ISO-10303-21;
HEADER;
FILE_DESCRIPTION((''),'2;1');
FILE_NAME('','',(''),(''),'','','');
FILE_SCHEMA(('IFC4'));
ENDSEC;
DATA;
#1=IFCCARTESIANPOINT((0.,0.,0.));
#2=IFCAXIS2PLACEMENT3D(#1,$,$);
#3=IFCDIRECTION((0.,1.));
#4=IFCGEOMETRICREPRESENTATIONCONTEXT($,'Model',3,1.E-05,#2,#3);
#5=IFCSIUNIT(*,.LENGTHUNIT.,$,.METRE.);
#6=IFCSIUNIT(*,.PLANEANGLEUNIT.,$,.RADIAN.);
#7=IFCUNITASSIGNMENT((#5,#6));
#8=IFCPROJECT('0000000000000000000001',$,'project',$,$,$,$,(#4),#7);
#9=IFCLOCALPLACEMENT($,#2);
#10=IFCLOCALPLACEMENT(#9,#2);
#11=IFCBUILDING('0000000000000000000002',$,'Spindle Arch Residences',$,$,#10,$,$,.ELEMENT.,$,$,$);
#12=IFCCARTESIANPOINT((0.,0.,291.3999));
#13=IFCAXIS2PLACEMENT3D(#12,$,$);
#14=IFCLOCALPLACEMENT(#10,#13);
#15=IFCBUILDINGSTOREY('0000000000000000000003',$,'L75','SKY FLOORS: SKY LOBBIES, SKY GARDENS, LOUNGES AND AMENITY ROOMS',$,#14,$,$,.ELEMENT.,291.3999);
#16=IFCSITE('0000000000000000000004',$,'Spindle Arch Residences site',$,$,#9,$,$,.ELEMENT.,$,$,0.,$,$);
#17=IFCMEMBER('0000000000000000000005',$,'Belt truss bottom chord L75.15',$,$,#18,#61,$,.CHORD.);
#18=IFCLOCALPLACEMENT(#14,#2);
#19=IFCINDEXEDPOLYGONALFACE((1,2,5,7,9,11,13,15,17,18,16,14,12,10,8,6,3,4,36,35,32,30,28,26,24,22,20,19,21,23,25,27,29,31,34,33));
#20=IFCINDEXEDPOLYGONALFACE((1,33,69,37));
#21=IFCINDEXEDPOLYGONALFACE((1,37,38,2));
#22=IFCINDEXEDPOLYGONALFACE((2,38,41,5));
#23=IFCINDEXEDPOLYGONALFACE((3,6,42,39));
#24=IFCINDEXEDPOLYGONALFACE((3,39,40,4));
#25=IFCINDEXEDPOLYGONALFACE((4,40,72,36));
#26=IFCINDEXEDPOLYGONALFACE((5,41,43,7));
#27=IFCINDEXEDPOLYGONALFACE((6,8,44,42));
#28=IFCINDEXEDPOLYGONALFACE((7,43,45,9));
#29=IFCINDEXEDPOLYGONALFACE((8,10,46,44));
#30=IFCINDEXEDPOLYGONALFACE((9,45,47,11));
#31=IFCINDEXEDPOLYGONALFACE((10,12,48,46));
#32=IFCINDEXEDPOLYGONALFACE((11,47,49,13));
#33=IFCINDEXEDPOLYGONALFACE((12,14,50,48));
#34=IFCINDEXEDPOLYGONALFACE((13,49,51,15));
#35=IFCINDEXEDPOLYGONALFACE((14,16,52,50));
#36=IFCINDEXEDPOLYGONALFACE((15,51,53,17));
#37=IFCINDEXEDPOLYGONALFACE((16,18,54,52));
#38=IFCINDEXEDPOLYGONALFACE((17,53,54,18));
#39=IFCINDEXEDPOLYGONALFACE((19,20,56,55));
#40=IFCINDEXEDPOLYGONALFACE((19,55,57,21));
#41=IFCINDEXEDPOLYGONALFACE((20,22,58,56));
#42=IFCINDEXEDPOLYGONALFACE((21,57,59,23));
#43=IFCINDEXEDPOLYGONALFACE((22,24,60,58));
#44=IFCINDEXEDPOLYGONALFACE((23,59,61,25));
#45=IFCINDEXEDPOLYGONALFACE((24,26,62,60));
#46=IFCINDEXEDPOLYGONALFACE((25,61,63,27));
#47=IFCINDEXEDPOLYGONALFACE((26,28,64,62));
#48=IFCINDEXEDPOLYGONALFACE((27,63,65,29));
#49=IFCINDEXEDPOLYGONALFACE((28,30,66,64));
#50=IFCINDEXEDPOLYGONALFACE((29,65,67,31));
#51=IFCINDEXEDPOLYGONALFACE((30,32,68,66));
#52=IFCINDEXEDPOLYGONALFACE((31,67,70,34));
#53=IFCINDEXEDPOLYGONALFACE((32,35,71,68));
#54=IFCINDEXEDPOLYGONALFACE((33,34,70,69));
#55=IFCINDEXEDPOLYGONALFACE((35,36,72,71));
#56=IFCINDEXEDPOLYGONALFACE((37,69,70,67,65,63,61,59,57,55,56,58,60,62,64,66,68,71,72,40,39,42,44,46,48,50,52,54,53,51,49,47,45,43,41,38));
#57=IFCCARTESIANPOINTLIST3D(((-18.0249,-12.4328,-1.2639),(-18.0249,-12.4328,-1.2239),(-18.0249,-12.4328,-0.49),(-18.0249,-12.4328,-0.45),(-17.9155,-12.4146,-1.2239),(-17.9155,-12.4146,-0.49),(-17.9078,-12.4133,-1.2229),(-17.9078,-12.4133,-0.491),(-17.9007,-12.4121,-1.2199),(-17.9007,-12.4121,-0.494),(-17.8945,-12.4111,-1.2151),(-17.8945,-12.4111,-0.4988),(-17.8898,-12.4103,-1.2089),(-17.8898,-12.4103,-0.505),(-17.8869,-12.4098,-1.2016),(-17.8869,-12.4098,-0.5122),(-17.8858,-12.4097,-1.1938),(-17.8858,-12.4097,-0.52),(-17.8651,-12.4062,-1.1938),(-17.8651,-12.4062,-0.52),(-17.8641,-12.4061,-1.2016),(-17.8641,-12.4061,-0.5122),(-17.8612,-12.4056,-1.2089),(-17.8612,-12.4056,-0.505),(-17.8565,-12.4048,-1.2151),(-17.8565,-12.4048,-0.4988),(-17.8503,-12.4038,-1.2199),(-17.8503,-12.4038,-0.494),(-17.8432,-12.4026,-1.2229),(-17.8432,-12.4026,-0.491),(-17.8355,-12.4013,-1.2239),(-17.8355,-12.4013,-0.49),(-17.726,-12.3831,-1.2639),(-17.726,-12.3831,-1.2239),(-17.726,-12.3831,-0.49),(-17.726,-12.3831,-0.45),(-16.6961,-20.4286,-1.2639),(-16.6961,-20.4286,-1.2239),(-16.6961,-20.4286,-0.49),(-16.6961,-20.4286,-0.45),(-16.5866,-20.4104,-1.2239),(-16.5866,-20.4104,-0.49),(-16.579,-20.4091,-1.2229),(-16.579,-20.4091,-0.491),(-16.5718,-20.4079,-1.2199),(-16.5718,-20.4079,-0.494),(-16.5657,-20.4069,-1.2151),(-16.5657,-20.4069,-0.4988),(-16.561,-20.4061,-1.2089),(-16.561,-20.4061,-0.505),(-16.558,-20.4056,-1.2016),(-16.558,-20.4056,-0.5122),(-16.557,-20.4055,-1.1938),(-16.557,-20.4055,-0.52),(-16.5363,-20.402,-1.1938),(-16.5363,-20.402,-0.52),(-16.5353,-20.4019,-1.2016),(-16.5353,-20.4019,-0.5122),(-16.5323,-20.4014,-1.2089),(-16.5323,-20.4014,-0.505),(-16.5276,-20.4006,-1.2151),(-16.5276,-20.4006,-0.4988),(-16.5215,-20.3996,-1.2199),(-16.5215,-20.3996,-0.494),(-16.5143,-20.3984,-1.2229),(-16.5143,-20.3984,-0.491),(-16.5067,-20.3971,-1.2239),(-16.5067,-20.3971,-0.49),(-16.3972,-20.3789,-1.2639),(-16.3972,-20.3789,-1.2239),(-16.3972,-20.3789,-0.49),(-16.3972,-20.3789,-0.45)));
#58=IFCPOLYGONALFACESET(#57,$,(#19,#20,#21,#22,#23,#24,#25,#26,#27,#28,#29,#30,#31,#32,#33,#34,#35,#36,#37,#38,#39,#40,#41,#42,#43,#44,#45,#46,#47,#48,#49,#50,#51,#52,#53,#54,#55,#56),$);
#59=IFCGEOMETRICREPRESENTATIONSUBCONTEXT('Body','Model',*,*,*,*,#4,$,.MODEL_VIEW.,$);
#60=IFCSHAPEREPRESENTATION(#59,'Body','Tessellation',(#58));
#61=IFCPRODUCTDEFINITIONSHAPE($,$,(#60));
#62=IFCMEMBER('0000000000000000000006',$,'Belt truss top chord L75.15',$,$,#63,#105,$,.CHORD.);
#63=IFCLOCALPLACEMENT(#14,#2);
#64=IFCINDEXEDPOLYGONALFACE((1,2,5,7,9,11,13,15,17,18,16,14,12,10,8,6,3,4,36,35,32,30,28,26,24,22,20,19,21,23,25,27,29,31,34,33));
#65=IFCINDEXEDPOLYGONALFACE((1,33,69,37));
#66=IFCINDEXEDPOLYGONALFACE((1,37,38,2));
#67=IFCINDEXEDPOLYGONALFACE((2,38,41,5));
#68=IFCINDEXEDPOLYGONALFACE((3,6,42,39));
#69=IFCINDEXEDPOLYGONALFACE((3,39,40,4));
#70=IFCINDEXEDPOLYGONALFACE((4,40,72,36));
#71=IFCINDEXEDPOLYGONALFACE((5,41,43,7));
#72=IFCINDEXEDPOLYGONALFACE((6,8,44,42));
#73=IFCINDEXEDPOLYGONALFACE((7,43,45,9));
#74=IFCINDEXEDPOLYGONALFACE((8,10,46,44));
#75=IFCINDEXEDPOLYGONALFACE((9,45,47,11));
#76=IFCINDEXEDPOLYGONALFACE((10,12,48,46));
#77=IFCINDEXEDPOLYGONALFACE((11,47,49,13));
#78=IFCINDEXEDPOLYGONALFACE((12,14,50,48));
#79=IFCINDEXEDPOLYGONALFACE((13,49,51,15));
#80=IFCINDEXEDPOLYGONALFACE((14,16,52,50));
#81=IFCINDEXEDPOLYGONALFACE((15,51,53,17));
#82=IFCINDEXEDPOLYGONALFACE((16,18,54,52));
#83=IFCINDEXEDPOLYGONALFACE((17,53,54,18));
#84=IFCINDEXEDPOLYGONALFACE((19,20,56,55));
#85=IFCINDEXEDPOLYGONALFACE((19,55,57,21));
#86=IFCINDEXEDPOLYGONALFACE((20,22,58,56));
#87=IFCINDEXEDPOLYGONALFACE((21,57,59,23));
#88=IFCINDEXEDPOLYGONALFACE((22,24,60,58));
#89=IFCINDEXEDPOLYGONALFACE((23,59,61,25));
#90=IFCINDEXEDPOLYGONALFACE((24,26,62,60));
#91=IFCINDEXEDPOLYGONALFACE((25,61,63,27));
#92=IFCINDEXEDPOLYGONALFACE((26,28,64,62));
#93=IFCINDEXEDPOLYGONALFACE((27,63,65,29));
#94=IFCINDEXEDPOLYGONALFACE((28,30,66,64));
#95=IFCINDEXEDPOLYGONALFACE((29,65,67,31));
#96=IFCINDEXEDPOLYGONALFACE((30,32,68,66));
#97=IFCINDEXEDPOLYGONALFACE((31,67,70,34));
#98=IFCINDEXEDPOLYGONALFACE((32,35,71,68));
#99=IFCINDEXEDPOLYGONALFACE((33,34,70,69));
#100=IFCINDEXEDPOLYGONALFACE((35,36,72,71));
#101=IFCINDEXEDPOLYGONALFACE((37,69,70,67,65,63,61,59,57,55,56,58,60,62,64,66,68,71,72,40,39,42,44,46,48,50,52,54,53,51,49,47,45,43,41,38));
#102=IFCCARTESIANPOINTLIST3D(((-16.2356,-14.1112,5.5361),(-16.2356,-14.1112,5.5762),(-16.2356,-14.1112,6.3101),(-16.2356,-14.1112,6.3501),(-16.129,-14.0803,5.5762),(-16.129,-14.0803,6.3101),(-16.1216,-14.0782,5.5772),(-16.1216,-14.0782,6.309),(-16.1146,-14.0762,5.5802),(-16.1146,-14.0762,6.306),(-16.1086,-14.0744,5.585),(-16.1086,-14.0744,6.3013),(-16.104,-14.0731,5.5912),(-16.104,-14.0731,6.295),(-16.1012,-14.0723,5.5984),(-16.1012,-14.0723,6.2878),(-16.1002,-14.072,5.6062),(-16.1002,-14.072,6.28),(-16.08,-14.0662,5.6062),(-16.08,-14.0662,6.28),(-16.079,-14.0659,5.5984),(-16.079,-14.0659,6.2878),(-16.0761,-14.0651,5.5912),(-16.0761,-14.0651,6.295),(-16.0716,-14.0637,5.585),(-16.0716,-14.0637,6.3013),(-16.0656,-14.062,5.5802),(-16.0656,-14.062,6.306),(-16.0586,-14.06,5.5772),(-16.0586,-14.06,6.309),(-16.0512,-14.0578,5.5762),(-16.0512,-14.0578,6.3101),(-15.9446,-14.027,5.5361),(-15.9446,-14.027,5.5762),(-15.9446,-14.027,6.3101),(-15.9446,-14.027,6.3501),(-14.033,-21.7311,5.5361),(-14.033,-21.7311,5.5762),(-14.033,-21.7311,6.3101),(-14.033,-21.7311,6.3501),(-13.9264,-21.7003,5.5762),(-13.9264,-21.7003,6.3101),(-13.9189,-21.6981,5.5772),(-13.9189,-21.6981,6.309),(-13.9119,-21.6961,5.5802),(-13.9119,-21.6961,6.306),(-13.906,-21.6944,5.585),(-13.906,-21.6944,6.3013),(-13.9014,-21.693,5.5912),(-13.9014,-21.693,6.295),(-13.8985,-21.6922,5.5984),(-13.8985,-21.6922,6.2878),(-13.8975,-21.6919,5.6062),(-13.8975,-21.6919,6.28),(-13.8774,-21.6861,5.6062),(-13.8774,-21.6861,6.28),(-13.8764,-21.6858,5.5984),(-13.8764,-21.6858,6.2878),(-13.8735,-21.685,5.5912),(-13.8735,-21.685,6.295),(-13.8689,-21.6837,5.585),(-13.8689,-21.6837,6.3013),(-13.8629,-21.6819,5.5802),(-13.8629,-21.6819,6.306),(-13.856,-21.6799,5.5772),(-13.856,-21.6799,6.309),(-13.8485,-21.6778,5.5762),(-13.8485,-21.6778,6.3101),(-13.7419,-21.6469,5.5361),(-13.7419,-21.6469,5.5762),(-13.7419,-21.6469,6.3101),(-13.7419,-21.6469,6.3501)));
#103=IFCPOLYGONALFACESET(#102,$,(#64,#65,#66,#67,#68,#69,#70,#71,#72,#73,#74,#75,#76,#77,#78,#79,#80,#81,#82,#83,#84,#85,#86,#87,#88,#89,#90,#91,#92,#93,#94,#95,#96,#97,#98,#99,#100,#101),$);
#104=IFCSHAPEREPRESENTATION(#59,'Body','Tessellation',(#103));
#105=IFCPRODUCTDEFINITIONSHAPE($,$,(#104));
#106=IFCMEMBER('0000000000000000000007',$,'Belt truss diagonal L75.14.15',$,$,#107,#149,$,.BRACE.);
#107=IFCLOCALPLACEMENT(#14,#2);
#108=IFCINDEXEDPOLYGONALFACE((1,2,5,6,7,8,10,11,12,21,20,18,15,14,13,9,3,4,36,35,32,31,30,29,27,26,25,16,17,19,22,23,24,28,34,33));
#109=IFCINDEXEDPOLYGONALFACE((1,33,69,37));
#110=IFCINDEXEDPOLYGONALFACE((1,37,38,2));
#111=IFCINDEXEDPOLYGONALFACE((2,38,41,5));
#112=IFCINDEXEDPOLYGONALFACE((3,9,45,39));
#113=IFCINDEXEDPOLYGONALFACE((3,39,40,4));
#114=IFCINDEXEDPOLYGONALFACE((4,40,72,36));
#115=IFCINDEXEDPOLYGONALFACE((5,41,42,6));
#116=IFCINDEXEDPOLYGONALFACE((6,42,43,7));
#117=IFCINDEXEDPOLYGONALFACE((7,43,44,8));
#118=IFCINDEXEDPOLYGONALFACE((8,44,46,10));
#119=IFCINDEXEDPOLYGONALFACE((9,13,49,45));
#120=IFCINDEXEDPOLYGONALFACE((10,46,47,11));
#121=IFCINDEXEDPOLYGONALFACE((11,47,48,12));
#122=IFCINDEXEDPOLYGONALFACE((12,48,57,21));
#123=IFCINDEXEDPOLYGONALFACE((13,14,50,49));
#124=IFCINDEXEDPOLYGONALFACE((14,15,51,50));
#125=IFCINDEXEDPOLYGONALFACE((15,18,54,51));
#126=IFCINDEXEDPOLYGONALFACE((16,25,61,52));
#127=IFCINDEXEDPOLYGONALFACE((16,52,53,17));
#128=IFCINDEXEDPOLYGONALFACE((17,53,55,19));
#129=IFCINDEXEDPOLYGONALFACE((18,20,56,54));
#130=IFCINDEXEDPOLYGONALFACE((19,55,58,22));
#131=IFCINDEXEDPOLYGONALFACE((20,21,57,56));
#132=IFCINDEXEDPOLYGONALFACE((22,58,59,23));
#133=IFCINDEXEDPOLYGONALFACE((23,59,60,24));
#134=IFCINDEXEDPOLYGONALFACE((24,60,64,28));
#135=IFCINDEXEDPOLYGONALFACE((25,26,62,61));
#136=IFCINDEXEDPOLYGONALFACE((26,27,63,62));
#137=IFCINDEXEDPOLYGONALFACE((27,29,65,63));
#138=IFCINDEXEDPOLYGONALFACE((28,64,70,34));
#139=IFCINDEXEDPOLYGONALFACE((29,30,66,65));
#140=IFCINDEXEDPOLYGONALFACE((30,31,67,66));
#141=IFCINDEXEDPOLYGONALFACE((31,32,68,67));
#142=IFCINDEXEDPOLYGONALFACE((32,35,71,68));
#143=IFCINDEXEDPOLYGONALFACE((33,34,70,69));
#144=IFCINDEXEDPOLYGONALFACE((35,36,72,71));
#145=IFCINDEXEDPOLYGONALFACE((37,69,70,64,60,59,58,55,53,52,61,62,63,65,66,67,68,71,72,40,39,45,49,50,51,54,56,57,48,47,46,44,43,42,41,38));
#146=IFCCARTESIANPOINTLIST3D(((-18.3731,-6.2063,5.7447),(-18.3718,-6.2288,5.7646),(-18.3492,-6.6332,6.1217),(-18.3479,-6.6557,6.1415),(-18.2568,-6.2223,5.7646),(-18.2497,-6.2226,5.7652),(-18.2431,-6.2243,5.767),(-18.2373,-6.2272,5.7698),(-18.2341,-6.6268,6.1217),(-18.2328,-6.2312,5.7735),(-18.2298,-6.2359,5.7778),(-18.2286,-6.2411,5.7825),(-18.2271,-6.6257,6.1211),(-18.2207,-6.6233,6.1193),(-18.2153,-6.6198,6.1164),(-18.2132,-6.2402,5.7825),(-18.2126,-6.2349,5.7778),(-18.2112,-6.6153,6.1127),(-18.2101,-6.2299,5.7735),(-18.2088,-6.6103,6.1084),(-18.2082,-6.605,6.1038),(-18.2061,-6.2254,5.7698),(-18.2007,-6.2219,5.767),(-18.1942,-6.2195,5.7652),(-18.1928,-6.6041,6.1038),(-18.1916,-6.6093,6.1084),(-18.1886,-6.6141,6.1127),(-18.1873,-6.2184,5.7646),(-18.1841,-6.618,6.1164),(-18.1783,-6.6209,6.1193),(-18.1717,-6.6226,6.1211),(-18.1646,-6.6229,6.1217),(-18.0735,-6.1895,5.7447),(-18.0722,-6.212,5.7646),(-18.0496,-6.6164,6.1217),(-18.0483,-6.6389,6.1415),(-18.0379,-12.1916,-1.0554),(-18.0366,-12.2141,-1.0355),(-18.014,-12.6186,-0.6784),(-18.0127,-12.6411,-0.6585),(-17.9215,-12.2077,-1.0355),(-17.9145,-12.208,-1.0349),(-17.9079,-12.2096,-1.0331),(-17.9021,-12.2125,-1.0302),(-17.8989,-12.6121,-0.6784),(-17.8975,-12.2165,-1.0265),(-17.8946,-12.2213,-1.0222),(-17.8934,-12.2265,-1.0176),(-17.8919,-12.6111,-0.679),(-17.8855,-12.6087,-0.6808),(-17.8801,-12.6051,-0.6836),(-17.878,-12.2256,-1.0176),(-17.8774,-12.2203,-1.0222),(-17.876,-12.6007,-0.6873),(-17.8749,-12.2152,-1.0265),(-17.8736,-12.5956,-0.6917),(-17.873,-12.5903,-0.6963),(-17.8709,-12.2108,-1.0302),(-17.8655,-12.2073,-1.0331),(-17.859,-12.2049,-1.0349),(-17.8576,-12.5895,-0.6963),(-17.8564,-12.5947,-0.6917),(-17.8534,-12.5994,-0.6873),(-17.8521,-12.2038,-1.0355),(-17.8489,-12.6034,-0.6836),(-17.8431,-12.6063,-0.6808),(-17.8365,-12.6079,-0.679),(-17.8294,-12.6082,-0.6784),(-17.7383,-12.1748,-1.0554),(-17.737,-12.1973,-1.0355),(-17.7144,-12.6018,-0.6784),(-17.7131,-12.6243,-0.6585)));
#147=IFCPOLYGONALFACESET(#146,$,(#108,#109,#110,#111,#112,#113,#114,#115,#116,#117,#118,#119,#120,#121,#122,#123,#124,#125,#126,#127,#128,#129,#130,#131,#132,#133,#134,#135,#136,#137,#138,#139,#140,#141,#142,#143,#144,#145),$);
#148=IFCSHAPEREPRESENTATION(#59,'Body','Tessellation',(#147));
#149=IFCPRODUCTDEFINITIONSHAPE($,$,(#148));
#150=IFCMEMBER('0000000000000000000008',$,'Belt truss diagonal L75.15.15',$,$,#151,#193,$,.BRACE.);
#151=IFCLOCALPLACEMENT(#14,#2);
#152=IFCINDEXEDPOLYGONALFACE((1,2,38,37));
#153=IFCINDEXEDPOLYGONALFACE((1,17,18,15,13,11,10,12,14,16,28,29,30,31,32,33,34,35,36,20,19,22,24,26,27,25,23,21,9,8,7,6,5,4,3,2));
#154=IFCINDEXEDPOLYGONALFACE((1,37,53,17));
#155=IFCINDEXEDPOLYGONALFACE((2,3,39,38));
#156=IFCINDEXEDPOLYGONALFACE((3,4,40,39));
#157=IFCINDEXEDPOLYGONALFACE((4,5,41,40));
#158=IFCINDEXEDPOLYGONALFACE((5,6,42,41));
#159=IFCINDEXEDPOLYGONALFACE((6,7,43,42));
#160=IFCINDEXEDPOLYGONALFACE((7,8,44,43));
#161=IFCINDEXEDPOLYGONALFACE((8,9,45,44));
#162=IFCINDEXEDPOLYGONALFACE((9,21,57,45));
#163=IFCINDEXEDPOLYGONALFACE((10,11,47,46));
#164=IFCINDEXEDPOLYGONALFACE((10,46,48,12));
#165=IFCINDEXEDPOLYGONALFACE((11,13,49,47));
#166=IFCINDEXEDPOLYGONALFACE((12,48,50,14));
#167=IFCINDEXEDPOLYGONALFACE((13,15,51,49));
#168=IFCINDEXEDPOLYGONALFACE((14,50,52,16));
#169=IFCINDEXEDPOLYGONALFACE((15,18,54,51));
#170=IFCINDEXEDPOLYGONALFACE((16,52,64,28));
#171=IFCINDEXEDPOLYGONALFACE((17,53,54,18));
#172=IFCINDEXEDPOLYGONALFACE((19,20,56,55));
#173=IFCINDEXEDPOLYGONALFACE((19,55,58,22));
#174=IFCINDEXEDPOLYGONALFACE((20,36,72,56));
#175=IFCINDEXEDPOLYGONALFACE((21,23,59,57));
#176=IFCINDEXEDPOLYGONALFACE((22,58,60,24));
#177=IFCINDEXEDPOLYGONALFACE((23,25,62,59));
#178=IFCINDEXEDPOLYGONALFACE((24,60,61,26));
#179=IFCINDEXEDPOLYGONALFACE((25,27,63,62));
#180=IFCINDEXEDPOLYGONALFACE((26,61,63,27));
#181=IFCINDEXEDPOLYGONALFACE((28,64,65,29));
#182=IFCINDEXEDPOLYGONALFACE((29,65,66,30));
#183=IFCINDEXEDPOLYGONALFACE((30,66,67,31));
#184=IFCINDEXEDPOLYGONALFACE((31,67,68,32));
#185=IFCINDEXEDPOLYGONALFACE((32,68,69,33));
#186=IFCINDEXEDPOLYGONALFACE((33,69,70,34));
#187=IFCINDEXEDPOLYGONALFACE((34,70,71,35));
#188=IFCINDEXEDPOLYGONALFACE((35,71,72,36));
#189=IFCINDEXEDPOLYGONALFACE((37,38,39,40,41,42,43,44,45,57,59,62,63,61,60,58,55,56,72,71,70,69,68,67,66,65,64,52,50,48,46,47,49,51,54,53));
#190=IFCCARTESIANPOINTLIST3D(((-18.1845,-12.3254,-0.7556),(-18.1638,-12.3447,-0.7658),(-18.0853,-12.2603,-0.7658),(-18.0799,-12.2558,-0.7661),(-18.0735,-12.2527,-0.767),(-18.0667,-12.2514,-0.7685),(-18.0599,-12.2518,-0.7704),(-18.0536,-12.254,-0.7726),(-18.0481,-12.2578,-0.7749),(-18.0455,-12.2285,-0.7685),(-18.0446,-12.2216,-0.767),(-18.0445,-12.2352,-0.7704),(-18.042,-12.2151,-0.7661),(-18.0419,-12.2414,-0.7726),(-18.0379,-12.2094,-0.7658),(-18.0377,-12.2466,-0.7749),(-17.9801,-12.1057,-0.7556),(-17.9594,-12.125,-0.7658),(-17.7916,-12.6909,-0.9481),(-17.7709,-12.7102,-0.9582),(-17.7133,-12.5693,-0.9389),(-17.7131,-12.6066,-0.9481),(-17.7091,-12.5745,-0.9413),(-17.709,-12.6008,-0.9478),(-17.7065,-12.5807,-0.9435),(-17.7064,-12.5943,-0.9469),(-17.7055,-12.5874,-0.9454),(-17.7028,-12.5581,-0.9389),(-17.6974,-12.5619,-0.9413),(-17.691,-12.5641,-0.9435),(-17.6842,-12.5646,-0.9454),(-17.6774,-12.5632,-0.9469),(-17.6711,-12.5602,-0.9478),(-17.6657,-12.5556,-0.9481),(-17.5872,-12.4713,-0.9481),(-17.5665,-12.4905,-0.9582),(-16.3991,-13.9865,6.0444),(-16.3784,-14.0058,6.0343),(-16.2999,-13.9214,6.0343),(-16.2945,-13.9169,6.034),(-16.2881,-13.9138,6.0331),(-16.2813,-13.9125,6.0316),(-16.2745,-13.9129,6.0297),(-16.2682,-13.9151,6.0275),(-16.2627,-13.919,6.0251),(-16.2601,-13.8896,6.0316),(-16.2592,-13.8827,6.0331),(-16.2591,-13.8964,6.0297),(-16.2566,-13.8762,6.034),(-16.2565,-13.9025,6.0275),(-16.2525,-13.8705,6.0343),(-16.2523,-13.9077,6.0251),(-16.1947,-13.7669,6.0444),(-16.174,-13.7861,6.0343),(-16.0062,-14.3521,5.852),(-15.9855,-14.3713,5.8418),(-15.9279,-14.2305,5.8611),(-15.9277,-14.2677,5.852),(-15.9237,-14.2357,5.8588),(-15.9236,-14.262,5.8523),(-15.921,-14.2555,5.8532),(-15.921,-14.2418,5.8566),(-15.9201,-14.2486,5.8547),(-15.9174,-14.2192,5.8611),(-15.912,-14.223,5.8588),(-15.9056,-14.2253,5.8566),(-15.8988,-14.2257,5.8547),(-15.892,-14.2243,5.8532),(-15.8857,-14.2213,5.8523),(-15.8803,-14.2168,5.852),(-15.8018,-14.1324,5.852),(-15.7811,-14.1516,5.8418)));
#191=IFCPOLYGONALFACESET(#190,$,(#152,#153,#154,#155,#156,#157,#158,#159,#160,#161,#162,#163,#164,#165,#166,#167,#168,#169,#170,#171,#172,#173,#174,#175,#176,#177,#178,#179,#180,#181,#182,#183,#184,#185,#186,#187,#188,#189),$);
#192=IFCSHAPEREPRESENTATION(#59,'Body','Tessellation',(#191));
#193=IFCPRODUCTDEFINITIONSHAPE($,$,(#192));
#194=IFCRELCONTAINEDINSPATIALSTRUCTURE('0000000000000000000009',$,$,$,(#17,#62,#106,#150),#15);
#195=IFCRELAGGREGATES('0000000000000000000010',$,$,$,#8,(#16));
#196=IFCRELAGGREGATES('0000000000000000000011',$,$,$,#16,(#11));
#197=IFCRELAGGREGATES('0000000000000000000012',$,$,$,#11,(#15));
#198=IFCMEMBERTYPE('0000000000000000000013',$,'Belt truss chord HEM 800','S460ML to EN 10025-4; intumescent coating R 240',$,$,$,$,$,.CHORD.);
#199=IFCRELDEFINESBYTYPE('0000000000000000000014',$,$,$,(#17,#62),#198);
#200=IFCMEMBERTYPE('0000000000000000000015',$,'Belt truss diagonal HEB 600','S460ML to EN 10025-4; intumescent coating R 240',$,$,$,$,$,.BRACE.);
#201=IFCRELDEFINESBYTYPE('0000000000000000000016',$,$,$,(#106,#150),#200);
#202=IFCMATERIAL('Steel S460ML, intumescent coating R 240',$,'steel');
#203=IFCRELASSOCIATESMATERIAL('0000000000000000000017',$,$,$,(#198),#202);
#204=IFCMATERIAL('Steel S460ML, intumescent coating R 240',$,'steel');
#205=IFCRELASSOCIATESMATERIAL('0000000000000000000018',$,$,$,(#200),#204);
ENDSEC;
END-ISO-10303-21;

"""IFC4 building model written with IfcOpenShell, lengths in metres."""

from ifc_helpers import new_model, si_unit, direction, frame, origin, origin_2d, place, context, subcontext, project, spatial, i_section, extrude, material, material_profile, profile_set, type_object, element, save


model = new_model("IFC4")

# Units and contexts
model_context = context("Model", 3, precision=1e-05, world=origin(), true_north=direction((0.0, 1.0)))
body_context = subcontext(model_context, "Body", "Model", "MODEL_VIEW")
ifc_project = project(units=[si_unit("LENGTHUNIT", "METRE"), si_unit("PLANEANGLEUNIT", "RADIAN")], contexts=[model_context])

# Site, building, storey
site_placement = place(None, origin())
site = spatial("IfcSite", under=ifc_project, at=site_placement, Name="Spindle Arch Residences site", CompositionType="ELEMENT", RefElevation=0.0)
building_placement = place(site_placement, origin())
building = spatial("IfcBuilding", under=site, at=building_placement, Name="Spindle Arch Residences", CompositionType="ELEMENT")
storey_placement = place(building_placement, frame((0.0, 0.0, 291.3999)))
storey = spatial("IfcBuildingStorey", under=building, at=storey_placement, Name="L75", Description="SKY FLOORS: SKY LOBBIES, SKY GARDENS, LOUNGES AND AMENITY ROOMS", CompositionType="ELEMENT", Elevation=291.3999)

# Members
ifc_material_1 = material(Name="Steel S460ML, intumescent coating R 240", Category="steel")
ifc_material_profile_1 = material_profile(ifc_material_1, i_section(OverallWidth=0.303, OverallDepth=0.814, WebThickness=0.021, FlangeThickness=0.04, FilletRadius=0.03, at=origin_2d()), Name="HEM 800")
ifc_profile_set_1 = profile_set([ifc_material_profile_1], Name="Steel S460ML, intumescent coating R 240")
member_type_1 = type_object("IfcMemberType", Name="Belt truss chord HEM 800", Description="S460ML to EN 10025-4; intumescent coating R 240", PredefinedType="CHORD", material=ifc_profile_set_1)
member_1_placement = place(storey_placement, frame((-17.8755, -12.408, -0.8569), z_axis=(0.163945, -0.98647, 0.0), x_axis=(0.98647, 0.163945, 0.0)))
element("IfcMember", 1, at=member_1_placement, inside=storey, type_object=member_type_1, Name="Belt truss bottom chord L75.15", PredefinedType="CHORD", context=body_context, shape_type="SweptSolid", body=[
    extrude(i_section(OverallWidth=0.303, OverallDepth=0.814, WebThickness=0.021, FlangeThickness=0.04, FilletRadius=0.03, at=origin_2d()), origin(), (0.0, 0.0, 1.0), 8.1055),
])
member_2_placement = place(storey_placement, frame((-16.0901, -14.0691, 5.9431), z_axis=(0.277696, -0.960669, 0.0), x_axis=(0.960669, 0.277696, 0.0)))
element("IfcMember", 2, at=member_2_placement, inside=storey, type_object=member_type_1, Name="Belt truss top chord L75.15", PredefinedType="CHORD", context=body_context, shape_type="SweptSolid", body=[
    extrude(i_section(OverallWidth=0.303, OverallDepth=0.814, WebThickness=0.021, FlangeThickness=0.04, FilletRadius=0.03, at=origin_2d()), origin(), (0.0, 0.0, 1.0), 7.9319),
])
ifc_material_2 = material(Name="Steel S460ML, intumescent coating R 240", Category="steel")
ifc_material_profile_2 = material_profile(ifc_material_2, i_section(OverallWidth=0.3, OverallDepth=0.6001, WebThickness=0.0154, FlangeThickness=0.03, FilletRadius=0.0271, at=origin_2d()), Name="HEB 600")
ifc_profile_set_2 = profile_set([ifc_material_profile_2], Name="Steel S460ML, intumescent coating R 240")
member_type_2 = type_object("IfcMemberType", Name="Belt truss diagonal HEB 600", Description="S460ML to EN 10025-4; intumescent coating R 240", PredefinedType="BRACE", material=ifc_profile_set_2)
member_3_placement = place(storey_placement, frame((-17.8755, -12.408, -0.8569), z_axis=(-0.036977, 0.660257, 0.750129), x_axis=(-0.998435, -0.055917, 0.0)))
element("IfcMember", 3, at=member_3_placement, inside=storey, type_object=member_type_2, Name="Belt truss diagonal L75.14.15", PredefinedType="BRACE", context=body_context, shape_type="SweptSolid", body=[
    extrude(i_section(OverallWidth=0.3, OverallDepth=0.6001, WebThickness=0.0154, FlangeThickness=0.03, FilletRadius=0.0271, at=origin_2d()), origin(), (0.0, 0.0, 1.0), 9.0652),
])
member_4_placement = place(storey_placement, frame((-17.8755, -12.408, -0.8569), z_axis=(0.247145, -0.229943, 0.9413), x_axis=(0.681169, 0.732126, 0.0)))
element("IfcMember", 4, at=member_4_placement, inside=storey, type_object=member_type_2, Name="Belt truss diagonal L75.15.15", PredefinedType="BRACE", context=body_context, shape_type="SweptSolid", body=[
    extrude(i_section(OverallWidth=0.3, OverallDepth=0.6001, WebThickness=0.0154, FlangeThickness=0.03, FilletRadius=0.0271, at=origin_2d()), origin(), (0.0, 0.0, 1.0), 7.2241),
])

save(model, "model.ifc")
